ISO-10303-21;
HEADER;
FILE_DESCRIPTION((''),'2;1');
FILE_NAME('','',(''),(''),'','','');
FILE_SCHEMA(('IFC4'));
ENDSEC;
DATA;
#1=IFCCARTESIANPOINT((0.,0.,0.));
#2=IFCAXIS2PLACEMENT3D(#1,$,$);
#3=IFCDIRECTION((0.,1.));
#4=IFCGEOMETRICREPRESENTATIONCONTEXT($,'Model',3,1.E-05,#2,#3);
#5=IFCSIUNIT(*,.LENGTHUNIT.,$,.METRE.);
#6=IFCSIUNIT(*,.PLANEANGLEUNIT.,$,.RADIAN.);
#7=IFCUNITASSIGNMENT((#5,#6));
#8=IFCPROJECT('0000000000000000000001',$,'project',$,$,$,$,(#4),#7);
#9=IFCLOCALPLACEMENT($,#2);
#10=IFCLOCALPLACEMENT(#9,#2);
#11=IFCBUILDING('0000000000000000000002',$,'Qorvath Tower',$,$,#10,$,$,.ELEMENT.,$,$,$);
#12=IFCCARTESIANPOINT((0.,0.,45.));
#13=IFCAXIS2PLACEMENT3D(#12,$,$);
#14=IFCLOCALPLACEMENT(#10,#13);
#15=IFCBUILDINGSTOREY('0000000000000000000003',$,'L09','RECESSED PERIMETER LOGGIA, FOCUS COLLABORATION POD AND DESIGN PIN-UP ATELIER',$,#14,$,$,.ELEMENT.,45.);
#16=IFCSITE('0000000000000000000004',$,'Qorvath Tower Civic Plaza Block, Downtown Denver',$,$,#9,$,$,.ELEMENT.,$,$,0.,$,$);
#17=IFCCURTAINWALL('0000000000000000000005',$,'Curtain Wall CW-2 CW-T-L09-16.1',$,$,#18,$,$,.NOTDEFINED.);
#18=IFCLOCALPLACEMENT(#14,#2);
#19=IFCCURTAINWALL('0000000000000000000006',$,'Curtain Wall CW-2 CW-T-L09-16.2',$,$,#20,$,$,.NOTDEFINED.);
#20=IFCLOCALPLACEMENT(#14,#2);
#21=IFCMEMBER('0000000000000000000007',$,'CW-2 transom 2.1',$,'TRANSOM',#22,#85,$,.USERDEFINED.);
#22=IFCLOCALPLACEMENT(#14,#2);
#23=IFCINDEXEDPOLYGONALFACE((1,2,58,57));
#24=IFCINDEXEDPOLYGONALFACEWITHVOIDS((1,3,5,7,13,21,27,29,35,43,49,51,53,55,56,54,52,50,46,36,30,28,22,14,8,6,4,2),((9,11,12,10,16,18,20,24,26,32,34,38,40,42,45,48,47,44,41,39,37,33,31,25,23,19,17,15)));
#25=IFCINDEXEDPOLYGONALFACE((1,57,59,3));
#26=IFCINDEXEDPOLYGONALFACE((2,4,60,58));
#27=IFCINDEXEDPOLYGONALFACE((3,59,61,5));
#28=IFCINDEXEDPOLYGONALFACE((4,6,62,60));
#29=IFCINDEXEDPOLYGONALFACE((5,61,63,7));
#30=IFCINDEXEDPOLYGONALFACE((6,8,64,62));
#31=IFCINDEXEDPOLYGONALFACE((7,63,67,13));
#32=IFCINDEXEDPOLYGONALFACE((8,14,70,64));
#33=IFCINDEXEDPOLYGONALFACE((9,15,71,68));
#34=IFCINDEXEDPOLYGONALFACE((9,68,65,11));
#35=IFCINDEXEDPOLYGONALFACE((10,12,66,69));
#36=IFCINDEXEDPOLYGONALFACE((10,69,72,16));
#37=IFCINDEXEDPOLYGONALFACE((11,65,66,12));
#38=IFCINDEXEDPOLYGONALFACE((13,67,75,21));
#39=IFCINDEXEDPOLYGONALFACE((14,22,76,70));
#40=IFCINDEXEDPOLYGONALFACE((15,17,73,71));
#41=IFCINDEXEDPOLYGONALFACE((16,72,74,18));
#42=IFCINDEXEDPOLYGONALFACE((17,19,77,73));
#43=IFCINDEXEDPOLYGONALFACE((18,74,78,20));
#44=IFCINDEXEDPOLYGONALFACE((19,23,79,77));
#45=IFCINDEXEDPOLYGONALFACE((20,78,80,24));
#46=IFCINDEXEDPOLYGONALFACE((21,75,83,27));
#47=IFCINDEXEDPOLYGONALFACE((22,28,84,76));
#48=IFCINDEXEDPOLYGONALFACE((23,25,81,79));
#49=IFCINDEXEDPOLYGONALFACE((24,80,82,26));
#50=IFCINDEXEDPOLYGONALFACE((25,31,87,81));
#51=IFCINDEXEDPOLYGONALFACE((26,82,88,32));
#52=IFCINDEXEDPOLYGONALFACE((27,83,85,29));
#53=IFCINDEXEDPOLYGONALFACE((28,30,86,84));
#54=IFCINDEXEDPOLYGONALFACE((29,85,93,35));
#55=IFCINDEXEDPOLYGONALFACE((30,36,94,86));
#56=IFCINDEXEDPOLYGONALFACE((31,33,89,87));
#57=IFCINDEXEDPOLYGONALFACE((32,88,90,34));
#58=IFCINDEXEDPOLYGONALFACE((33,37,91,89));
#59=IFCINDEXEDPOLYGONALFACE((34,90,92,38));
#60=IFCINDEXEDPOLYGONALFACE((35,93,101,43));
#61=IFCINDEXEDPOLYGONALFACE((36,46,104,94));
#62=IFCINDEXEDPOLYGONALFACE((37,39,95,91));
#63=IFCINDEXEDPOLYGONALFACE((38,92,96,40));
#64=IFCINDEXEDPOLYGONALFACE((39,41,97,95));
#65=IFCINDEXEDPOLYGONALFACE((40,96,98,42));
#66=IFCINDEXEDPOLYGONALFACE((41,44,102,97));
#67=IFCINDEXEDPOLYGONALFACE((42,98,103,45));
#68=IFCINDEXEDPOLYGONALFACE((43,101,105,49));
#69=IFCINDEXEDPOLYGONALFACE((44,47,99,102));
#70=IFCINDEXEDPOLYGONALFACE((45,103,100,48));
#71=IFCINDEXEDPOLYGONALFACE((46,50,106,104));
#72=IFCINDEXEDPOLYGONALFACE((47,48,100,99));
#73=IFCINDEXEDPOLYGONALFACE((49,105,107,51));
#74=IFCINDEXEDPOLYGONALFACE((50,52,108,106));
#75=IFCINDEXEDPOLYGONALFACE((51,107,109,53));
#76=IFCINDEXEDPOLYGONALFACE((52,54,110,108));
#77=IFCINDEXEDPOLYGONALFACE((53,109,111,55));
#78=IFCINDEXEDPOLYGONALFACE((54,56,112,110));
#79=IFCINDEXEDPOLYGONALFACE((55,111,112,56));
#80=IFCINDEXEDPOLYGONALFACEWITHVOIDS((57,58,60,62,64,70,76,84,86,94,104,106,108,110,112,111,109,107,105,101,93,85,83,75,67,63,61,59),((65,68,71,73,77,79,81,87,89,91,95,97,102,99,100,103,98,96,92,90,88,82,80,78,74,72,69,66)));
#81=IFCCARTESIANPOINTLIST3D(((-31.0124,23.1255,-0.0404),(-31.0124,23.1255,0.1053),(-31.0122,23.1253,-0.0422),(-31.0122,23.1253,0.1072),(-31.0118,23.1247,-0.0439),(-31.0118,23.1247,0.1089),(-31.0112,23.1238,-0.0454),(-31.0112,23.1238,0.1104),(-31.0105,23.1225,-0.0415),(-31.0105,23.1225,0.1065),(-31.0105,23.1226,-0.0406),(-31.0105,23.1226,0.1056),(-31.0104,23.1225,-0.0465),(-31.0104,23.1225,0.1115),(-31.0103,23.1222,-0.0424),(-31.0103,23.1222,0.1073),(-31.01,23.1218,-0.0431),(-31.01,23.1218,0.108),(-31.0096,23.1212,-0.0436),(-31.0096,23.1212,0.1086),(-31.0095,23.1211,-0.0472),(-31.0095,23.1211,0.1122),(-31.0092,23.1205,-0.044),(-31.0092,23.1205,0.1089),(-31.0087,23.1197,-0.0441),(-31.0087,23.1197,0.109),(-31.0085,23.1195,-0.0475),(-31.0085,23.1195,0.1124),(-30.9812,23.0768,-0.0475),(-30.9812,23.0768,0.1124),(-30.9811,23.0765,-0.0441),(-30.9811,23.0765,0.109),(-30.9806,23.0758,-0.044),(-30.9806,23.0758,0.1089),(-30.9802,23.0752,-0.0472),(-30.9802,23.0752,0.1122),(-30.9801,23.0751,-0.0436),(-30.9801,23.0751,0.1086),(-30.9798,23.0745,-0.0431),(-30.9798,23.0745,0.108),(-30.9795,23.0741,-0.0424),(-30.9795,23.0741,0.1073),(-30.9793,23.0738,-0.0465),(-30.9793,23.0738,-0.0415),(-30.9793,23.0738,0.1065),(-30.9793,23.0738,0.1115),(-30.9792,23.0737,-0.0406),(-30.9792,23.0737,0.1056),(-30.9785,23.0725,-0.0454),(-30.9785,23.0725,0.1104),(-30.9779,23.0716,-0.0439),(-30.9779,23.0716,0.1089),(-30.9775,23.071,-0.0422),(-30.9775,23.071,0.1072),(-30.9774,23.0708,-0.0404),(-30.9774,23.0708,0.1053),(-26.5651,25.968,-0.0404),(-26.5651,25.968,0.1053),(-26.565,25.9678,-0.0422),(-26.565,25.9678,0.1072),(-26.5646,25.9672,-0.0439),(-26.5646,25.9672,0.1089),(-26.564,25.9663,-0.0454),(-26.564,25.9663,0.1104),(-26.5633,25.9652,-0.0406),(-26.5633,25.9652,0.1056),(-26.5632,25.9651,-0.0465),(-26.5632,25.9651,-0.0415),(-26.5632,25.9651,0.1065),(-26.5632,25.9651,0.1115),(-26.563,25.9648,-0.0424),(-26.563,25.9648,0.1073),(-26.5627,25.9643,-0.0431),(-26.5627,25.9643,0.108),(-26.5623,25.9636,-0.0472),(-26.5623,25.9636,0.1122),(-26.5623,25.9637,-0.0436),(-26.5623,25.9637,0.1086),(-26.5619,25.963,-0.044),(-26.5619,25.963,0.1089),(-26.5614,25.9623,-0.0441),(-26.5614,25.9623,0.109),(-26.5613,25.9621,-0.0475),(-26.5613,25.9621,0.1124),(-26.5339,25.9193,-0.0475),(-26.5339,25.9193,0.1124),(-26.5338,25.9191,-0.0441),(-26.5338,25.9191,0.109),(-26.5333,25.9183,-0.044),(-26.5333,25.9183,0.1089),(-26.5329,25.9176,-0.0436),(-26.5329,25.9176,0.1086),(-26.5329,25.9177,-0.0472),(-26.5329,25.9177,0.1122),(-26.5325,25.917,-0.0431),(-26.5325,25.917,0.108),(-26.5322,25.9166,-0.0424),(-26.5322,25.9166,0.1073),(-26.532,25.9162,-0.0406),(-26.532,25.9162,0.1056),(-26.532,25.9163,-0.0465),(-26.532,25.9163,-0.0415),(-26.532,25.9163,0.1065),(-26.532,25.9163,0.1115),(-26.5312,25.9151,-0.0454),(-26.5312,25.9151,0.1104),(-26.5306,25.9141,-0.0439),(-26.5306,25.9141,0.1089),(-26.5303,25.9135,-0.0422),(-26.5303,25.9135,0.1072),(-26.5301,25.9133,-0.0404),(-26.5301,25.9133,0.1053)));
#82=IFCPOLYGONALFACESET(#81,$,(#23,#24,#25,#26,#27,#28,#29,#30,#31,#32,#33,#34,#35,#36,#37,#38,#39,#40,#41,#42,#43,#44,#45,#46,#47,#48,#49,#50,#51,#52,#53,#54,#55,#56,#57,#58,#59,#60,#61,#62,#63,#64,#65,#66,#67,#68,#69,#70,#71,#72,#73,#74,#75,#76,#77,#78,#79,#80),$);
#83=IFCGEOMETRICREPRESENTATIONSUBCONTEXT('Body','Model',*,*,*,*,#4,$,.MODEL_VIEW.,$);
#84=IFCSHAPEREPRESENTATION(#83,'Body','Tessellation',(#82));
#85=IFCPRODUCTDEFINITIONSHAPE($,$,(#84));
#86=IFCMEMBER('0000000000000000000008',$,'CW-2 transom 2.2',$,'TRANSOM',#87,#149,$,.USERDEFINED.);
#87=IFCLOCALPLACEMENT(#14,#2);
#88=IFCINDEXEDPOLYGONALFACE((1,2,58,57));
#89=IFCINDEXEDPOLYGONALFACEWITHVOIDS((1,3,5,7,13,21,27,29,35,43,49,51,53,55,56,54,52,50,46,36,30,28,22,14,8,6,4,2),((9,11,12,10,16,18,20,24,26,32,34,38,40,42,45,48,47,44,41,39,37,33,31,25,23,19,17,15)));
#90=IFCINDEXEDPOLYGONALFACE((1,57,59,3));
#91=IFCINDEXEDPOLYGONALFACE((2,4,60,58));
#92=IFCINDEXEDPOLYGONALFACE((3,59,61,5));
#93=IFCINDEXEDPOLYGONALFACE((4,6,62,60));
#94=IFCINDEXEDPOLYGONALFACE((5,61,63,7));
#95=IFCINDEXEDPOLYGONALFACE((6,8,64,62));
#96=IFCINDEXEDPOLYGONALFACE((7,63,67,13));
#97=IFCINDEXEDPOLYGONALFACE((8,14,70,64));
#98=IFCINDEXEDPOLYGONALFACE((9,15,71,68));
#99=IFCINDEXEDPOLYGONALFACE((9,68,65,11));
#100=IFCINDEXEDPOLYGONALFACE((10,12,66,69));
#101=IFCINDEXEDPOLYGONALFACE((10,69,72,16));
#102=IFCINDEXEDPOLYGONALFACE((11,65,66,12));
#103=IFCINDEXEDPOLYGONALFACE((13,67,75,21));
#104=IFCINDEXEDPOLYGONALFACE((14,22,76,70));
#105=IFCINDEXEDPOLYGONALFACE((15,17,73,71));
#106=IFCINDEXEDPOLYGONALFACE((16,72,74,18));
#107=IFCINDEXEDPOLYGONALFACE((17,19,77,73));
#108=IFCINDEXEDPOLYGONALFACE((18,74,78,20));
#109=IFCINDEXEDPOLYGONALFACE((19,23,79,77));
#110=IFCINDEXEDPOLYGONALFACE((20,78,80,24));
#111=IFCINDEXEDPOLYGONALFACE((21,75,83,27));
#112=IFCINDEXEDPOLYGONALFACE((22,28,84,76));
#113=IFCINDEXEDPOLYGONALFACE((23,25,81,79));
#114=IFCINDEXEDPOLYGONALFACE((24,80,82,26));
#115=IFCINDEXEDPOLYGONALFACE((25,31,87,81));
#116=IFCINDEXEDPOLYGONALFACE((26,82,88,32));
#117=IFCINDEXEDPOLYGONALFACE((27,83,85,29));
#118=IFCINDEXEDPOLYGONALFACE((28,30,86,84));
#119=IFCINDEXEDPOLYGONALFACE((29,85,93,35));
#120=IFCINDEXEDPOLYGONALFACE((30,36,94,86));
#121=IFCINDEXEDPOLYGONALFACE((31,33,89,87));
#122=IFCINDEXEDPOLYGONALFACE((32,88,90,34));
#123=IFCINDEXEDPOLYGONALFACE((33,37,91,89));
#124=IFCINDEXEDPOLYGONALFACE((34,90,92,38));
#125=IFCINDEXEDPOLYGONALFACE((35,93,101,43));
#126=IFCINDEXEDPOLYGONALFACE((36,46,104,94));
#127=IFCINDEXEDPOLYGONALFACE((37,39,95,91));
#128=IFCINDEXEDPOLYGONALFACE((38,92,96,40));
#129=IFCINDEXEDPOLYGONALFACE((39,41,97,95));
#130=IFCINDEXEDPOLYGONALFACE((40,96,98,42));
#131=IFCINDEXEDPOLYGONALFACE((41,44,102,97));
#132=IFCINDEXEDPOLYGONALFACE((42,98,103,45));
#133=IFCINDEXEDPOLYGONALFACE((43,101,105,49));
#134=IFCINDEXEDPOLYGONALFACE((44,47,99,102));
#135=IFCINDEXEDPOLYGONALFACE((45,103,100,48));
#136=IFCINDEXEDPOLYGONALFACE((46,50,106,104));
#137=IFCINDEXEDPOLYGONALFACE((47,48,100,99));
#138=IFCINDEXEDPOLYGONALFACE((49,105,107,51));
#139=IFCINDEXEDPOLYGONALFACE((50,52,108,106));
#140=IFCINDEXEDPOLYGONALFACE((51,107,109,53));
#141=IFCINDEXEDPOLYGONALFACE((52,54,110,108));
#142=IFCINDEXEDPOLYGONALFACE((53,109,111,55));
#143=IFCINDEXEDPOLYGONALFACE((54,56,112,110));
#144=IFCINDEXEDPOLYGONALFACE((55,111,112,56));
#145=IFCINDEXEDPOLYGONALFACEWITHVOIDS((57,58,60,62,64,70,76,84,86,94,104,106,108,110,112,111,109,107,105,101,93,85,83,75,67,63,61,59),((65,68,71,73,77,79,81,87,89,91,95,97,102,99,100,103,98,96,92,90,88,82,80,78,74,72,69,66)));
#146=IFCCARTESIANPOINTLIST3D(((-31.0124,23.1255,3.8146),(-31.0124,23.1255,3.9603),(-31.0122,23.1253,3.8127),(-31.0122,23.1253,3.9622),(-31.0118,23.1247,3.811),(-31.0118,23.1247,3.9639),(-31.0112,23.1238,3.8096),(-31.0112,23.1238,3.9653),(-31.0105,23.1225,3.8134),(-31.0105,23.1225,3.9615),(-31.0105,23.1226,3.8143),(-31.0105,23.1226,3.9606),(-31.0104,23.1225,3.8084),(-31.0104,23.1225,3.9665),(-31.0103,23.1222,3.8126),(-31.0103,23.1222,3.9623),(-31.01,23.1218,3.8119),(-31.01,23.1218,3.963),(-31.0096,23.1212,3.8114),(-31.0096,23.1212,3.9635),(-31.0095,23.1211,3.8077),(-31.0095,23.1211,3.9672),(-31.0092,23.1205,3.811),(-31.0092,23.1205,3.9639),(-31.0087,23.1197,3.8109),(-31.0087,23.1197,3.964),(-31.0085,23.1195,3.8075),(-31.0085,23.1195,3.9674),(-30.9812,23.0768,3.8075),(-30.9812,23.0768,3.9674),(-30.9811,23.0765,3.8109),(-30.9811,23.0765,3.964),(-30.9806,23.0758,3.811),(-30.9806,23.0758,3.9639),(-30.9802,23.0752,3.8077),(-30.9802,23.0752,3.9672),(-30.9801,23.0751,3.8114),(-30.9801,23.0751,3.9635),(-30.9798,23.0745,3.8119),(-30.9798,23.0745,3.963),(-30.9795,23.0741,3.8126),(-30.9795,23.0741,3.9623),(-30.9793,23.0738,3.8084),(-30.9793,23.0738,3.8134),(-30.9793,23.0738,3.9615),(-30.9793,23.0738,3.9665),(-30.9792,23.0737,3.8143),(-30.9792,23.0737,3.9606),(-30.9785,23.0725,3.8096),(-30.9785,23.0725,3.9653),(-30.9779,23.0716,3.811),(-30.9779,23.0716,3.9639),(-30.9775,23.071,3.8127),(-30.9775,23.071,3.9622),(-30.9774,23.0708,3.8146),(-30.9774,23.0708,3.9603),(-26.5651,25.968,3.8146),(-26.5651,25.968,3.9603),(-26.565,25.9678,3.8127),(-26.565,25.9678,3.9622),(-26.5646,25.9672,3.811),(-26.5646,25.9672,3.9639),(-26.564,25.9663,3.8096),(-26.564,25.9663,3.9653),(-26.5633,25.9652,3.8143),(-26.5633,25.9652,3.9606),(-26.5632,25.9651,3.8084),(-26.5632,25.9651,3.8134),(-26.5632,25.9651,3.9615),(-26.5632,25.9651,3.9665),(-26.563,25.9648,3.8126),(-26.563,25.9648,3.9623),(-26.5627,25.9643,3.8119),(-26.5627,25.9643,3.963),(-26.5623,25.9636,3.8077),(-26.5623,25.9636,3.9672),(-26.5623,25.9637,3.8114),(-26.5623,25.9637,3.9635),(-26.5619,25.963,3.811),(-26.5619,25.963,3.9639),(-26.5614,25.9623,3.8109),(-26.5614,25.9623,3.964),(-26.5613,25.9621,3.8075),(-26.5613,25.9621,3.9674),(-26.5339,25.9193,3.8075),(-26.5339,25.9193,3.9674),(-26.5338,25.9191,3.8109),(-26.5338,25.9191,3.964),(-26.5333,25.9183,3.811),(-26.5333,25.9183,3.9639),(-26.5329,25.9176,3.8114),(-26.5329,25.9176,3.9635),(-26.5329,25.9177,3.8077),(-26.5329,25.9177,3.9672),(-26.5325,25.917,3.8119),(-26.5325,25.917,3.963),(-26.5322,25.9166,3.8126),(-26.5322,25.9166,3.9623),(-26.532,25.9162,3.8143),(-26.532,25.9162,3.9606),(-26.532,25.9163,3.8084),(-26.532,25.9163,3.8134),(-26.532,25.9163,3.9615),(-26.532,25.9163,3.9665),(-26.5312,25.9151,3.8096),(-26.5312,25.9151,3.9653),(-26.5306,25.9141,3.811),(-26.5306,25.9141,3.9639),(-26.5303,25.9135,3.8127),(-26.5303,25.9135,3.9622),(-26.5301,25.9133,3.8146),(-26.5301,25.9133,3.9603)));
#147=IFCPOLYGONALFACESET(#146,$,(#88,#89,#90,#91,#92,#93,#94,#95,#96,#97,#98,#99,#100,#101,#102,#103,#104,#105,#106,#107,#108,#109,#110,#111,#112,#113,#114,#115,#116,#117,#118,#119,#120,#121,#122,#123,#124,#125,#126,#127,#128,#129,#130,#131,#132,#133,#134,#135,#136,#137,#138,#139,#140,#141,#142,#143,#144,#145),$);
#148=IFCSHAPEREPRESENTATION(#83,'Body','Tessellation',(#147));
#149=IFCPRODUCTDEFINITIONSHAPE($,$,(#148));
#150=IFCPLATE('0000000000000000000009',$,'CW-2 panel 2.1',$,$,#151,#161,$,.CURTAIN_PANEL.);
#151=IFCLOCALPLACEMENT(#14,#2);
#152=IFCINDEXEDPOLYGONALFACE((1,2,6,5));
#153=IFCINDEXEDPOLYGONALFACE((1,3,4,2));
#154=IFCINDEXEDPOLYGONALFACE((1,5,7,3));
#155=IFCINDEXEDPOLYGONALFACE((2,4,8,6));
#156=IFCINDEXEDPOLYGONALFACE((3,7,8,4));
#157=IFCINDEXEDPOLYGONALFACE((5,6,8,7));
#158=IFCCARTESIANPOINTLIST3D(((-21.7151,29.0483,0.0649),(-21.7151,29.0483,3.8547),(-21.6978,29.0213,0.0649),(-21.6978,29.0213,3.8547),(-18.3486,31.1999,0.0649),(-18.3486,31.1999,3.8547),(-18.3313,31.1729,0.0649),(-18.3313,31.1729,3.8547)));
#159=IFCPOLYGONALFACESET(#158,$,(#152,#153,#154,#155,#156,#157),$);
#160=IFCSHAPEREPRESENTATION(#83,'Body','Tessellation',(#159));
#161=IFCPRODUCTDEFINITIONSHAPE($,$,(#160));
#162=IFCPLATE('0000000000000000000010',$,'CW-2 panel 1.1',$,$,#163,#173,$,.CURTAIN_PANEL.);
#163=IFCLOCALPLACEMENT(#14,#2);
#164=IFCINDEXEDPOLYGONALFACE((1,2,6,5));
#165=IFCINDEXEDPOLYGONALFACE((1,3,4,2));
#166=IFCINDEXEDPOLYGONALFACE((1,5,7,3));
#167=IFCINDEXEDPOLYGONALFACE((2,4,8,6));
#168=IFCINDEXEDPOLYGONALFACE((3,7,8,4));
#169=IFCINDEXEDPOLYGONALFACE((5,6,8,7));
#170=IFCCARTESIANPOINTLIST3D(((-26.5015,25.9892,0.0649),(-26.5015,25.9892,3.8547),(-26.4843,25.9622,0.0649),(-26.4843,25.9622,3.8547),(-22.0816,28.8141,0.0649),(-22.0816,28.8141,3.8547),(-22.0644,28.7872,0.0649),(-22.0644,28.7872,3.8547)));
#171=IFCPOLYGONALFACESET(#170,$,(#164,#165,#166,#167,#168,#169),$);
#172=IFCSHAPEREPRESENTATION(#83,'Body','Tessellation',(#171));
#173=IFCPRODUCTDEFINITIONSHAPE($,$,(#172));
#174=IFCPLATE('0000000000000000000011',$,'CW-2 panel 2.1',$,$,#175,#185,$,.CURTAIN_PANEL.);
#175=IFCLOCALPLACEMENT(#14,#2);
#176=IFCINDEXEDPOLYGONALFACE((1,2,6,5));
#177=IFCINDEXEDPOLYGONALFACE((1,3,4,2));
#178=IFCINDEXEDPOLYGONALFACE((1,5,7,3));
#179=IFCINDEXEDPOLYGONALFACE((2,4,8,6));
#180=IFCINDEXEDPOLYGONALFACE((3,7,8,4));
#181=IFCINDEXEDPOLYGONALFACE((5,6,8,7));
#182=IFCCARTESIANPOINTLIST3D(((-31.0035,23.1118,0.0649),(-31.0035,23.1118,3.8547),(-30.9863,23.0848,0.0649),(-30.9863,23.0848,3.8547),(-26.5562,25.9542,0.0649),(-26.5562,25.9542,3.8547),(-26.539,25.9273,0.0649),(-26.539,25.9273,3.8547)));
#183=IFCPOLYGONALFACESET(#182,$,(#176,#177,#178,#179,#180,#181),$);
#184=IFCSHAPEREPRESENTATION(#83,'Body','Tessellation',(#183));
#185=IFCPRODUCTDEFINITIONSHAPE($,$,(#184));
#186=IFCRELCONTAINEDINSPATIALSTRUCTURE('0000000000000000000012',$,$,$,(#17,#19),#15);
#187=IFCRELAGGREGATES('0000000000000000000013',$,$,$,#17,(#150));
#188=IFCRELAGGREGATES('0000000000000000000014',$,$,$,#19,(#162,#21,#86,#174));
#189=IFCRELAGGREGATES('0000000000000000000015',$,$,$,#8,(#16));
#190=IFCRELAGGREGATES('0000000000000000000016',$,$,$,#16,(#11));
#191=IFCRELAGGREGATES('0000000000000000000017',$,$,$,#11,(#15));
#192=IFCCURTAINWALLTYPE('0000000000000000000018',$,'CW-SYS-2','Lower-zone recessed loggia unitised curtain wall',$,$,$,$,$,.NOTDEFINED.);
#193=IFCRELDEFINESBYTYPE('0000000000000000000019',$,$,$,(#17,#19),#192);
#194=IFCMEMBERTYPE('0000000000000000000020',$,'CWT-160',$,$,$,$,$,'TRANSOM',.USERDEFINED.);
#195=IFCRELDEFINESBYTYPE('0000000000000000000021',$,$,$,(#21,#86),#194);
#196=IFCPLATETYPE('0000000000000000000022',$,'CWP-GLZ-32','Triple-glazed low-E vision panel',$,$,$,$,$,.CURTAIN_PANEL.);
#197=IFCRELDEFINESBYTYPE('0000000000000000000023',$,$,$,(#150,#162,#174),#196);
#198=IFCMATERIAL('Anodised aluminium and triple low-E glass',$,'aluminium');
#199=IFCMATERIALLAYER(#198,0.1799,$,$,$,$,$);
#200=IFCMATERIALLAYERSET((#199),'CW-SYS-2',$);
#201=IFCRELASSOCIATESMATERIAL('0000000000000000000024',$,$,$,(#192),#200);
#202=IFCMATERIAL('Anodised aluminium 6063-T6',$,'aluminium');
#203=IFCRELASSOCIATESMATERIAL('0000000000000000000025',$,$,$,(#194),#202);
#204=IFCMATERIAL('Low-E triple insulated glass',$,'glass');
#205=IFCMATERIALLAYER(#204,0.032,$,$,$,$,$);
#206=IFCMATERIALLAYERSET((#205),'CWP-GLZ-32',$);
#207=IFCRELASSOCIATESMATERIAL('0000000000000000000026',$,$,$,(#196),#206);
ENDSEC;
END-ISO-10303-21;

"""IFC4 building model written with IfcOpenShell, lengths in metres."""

from ifc_helpers import new_model, si_unit, direction, frame, origin, origin_2d, place, context, subcontext, project, spatial, rectangle, hollow_rectangle, extrude, material, layer, layer_set, material_profile, profile_set, type_object, element, aggregate, save


model = new_model("IFC4")

# Units and contexts
model_context = context("Model", 3, precision=1e-05, world=origin(), true_north=direction((0.0, 1.0)))
body_context = subcontext(model_context, "Body", "Model", "MODEL_VIEW")
ifc_project = project(units=[si_unit("LENGTHUNIT", "METRE"), si_unit("PLANEANGLEUNIT", "RADIAN")], contexts=[model_context])

# Site, building, storey
site_placement = place(None, origin())
site = spatial("IfcSite", under=ifc_project, at=site_placement, Name="Qorvath Tower Civic Plaza Block, Downtown Denver", CompositionType="ELEMENT", RefElevation=0.0)
building_placement = place(site_placement, origin())
building = spatial("IfcBuilding", under=site, at=building_placement, Name="Qorvath Tower", CompositionType="ELEMENT")
storey_placement = place(building_placement, frame((0.0, 0.0, 45.0)))
storey = spatial("IfcBuildingStorey", under=building, at=storey_placement, Name="L09", Description="RECESSED PERIMETER LOGGIA, FOCUS COLLABORATION POD AND DESIGN PIN-UP ATELIER", CompositionType="ELEMENT", Elevation=45.0)

# Curtain wall
ifc_material_1 = material(Name="Anodised aluminium and triple low-E glass", Category="aluminium")
ifc_layer_1 = layer(ifc_material_1, 0.1799)
ifc_layer_set_1 = layer_set([ifc_layer_1], Name="CW-SYS-2")
curtain_wall_type = type_object("IfcCurtainWallType", Name="CW-SYS-2", Description="Lower-zone recessed loggia unitised curtain wall", PredefinedType="NOTDEFINED", material=ifc_layer_set_1)
curtain_wall_1_placement = place(storey_placement, origin())
curtain_wall_1 = element("IfcCurtainWall", 1, at=curtain_wall_1_placement, inside=storey, type_object=curtain_wall_type, Name="Curtain Wall CW-2 CW-T-L09-16.1", PredefinedType="NOTDEFINED")

# Curtain wall, members
curtain_wall_2_placement = place(storey_placement, origin())
curtain_wall_2 = element("IfcCurtainWall", 2, at=curtain_wall_2_placement, inside=storey, type_object=curtain_wall_type, Name="Curtain Wall CW-2 CW-T-L09-16.2", PredefinedType="NOTDEFINED")
ifc_material_2 = material(Name="Anodised aluminium 6063-T6", Category="aluminium")
ifc_material_profile_1 = material_profile(ifc_material_2, hollow_rectangle(XDim=0.0649, YDim=0.1599, WallThickness=0.0034, InnerFilletRadius=0.0034, OuterFilletRadius=0.0071, at=origin_2d()), Name="CWT 160x65")
ifc_profile_set_1 = profile_set([ifc_material_profile_1], Name="Anodised aluminium 6063-T6")
member_type_1 = type_object("IfcMemberType", Name="CWT-160", ElementType="TRANSOM", PredefinedType="USERDEFINED", material=ifc_profile_set_1)
member_1_placement = place(storey_placement, frame((-26.5476, 25.9407, 0.0325), z_axis=(-0.842591, -0.538554, 0.0), x_axis=(0.538554, -0.842591, 0.0)))
member_1 = element("IfcMember", 3, at=member_1_placement, type_object=member_type_1, Name="CW-2 transom 2.1", ObjectType="TRANSOM", PredefinedType="USERDEFINED", context=body_context, shape_type="SweptSolid", body=[
    extrude(hollow_rectangle(XDim=0.0649, YDim=0.1599, WallThickness=0.0034, InnerFilletRadius=0.0034, OuterFilletRadius=0.0071, at=origin_2d()), origin(), (0.0, 0.0, 1.0), 5.2781),
])
member_2_placement = place(storey_placement, frame((-26.5476, 25.9407, 3.8875), z_axis=(-0.842591, -0.538554, 0.0), x_axis=(0.538554, -0.842591, 0.0)))
member_2 = element("IfcMember", 4, at=member_2_placement, type_object=member_type_1, Name="CW-2 transom 2.2", ObjectType="TRANSOM", PredefinedType="USERDEFINED", context=body_context, shape_type="SweptSolid", body=[
    extrude(hollow_rectangle(XDim=0.0649, YDim=0.1599, WallThickness=0.0034, InnerFilletRadius=0.0034, OuterFilletRadius=0.0071, at=origin_2d()), origin(), (0.0, 0.0, 1.0), 5.2781),
])

# Plates
ifc_material_3 = material(Name="Low-E triple insulated glass", Category="glass")
ifc_layer_2 = layer(ifc_material_3, 0.032)
ifc_layer_set_2 = layer_set([ifc_layer_2], Name="CWP-GLZ-32")
plate_type = type_object("IfcPlateType", Name="CWP-GLZ-32", Description="Triple-glazed low-E vision panel", PredefinedType="CURTAIN_PANEL", material=ifc_layer_set_2)
plate_1_placement = place(storey_placement, frame((-20.0232, 30.1106, 0.0649), z_axis=(0.0, 0.0, 1.0), x_axis=(-0.842604, -0.538533, 0.0)))
plate_1 = element("IfcPlate", 5, at=plate_1_placement, type_object=plate_type, Name="CW-2 panel 2.1", PredefinedType="CURTAIN_PANEL", context=body_context, shape_type="SweptSolid", body=[
    extrude(rectangle(XDim=3.9954, YDim=0.032, at=origin_2d()), origin(), (0.0, 0.0, 1.0), 3.7898),
])
aggregate(curtain_wall_1, [plate_1])
plate_2_placement = place(storey_placement, frame((-24.283, 27.3882, 0.0649), z_axis=(0.0, 0.0, 1.0), x_axis=(-0.842599, -0.538541, 0.0)))
plate_2 = element("IfcPlate", 6, at=plate_2_placement, type_object=plate_type, Name="CW-2 panel 1.1", PredefinedType="CURTAIN_PANEL", context=body_context, shape_type="SweptSolid", body=[
    extrude(rectangle(XDim=5.2456, YDim=0.032, at=origin_2d()), origin(), (0.0, 0.0, 1.0), 3.7898),
])
plate_3_placement = place(storey_placement, frame((-28.7712, 24.5195, 0.0649), z_axis=(0.0, 0.0, 1.0), x_axis=(-0.842599, -0.538541, 0.0)))
plate_3 = element("IfcPlate", 7, at=plate_3_placement, type_object=plate_type, Name="CW-2 panel 2.1", PredefinedType="CURTAIN_PANEL", context=body_context, shape_type="SweptSolid", body=[
    extrude(rectangle(XDim=5.2781, YDim=0.032, at=origin_2d()), origin(), (0.0, 0.0, 1.0), 3.7898),
])
aggregate(curtain_wall_2, [plate_2, member_1, member_2, plate_3])

save(model, "model.ifc")
